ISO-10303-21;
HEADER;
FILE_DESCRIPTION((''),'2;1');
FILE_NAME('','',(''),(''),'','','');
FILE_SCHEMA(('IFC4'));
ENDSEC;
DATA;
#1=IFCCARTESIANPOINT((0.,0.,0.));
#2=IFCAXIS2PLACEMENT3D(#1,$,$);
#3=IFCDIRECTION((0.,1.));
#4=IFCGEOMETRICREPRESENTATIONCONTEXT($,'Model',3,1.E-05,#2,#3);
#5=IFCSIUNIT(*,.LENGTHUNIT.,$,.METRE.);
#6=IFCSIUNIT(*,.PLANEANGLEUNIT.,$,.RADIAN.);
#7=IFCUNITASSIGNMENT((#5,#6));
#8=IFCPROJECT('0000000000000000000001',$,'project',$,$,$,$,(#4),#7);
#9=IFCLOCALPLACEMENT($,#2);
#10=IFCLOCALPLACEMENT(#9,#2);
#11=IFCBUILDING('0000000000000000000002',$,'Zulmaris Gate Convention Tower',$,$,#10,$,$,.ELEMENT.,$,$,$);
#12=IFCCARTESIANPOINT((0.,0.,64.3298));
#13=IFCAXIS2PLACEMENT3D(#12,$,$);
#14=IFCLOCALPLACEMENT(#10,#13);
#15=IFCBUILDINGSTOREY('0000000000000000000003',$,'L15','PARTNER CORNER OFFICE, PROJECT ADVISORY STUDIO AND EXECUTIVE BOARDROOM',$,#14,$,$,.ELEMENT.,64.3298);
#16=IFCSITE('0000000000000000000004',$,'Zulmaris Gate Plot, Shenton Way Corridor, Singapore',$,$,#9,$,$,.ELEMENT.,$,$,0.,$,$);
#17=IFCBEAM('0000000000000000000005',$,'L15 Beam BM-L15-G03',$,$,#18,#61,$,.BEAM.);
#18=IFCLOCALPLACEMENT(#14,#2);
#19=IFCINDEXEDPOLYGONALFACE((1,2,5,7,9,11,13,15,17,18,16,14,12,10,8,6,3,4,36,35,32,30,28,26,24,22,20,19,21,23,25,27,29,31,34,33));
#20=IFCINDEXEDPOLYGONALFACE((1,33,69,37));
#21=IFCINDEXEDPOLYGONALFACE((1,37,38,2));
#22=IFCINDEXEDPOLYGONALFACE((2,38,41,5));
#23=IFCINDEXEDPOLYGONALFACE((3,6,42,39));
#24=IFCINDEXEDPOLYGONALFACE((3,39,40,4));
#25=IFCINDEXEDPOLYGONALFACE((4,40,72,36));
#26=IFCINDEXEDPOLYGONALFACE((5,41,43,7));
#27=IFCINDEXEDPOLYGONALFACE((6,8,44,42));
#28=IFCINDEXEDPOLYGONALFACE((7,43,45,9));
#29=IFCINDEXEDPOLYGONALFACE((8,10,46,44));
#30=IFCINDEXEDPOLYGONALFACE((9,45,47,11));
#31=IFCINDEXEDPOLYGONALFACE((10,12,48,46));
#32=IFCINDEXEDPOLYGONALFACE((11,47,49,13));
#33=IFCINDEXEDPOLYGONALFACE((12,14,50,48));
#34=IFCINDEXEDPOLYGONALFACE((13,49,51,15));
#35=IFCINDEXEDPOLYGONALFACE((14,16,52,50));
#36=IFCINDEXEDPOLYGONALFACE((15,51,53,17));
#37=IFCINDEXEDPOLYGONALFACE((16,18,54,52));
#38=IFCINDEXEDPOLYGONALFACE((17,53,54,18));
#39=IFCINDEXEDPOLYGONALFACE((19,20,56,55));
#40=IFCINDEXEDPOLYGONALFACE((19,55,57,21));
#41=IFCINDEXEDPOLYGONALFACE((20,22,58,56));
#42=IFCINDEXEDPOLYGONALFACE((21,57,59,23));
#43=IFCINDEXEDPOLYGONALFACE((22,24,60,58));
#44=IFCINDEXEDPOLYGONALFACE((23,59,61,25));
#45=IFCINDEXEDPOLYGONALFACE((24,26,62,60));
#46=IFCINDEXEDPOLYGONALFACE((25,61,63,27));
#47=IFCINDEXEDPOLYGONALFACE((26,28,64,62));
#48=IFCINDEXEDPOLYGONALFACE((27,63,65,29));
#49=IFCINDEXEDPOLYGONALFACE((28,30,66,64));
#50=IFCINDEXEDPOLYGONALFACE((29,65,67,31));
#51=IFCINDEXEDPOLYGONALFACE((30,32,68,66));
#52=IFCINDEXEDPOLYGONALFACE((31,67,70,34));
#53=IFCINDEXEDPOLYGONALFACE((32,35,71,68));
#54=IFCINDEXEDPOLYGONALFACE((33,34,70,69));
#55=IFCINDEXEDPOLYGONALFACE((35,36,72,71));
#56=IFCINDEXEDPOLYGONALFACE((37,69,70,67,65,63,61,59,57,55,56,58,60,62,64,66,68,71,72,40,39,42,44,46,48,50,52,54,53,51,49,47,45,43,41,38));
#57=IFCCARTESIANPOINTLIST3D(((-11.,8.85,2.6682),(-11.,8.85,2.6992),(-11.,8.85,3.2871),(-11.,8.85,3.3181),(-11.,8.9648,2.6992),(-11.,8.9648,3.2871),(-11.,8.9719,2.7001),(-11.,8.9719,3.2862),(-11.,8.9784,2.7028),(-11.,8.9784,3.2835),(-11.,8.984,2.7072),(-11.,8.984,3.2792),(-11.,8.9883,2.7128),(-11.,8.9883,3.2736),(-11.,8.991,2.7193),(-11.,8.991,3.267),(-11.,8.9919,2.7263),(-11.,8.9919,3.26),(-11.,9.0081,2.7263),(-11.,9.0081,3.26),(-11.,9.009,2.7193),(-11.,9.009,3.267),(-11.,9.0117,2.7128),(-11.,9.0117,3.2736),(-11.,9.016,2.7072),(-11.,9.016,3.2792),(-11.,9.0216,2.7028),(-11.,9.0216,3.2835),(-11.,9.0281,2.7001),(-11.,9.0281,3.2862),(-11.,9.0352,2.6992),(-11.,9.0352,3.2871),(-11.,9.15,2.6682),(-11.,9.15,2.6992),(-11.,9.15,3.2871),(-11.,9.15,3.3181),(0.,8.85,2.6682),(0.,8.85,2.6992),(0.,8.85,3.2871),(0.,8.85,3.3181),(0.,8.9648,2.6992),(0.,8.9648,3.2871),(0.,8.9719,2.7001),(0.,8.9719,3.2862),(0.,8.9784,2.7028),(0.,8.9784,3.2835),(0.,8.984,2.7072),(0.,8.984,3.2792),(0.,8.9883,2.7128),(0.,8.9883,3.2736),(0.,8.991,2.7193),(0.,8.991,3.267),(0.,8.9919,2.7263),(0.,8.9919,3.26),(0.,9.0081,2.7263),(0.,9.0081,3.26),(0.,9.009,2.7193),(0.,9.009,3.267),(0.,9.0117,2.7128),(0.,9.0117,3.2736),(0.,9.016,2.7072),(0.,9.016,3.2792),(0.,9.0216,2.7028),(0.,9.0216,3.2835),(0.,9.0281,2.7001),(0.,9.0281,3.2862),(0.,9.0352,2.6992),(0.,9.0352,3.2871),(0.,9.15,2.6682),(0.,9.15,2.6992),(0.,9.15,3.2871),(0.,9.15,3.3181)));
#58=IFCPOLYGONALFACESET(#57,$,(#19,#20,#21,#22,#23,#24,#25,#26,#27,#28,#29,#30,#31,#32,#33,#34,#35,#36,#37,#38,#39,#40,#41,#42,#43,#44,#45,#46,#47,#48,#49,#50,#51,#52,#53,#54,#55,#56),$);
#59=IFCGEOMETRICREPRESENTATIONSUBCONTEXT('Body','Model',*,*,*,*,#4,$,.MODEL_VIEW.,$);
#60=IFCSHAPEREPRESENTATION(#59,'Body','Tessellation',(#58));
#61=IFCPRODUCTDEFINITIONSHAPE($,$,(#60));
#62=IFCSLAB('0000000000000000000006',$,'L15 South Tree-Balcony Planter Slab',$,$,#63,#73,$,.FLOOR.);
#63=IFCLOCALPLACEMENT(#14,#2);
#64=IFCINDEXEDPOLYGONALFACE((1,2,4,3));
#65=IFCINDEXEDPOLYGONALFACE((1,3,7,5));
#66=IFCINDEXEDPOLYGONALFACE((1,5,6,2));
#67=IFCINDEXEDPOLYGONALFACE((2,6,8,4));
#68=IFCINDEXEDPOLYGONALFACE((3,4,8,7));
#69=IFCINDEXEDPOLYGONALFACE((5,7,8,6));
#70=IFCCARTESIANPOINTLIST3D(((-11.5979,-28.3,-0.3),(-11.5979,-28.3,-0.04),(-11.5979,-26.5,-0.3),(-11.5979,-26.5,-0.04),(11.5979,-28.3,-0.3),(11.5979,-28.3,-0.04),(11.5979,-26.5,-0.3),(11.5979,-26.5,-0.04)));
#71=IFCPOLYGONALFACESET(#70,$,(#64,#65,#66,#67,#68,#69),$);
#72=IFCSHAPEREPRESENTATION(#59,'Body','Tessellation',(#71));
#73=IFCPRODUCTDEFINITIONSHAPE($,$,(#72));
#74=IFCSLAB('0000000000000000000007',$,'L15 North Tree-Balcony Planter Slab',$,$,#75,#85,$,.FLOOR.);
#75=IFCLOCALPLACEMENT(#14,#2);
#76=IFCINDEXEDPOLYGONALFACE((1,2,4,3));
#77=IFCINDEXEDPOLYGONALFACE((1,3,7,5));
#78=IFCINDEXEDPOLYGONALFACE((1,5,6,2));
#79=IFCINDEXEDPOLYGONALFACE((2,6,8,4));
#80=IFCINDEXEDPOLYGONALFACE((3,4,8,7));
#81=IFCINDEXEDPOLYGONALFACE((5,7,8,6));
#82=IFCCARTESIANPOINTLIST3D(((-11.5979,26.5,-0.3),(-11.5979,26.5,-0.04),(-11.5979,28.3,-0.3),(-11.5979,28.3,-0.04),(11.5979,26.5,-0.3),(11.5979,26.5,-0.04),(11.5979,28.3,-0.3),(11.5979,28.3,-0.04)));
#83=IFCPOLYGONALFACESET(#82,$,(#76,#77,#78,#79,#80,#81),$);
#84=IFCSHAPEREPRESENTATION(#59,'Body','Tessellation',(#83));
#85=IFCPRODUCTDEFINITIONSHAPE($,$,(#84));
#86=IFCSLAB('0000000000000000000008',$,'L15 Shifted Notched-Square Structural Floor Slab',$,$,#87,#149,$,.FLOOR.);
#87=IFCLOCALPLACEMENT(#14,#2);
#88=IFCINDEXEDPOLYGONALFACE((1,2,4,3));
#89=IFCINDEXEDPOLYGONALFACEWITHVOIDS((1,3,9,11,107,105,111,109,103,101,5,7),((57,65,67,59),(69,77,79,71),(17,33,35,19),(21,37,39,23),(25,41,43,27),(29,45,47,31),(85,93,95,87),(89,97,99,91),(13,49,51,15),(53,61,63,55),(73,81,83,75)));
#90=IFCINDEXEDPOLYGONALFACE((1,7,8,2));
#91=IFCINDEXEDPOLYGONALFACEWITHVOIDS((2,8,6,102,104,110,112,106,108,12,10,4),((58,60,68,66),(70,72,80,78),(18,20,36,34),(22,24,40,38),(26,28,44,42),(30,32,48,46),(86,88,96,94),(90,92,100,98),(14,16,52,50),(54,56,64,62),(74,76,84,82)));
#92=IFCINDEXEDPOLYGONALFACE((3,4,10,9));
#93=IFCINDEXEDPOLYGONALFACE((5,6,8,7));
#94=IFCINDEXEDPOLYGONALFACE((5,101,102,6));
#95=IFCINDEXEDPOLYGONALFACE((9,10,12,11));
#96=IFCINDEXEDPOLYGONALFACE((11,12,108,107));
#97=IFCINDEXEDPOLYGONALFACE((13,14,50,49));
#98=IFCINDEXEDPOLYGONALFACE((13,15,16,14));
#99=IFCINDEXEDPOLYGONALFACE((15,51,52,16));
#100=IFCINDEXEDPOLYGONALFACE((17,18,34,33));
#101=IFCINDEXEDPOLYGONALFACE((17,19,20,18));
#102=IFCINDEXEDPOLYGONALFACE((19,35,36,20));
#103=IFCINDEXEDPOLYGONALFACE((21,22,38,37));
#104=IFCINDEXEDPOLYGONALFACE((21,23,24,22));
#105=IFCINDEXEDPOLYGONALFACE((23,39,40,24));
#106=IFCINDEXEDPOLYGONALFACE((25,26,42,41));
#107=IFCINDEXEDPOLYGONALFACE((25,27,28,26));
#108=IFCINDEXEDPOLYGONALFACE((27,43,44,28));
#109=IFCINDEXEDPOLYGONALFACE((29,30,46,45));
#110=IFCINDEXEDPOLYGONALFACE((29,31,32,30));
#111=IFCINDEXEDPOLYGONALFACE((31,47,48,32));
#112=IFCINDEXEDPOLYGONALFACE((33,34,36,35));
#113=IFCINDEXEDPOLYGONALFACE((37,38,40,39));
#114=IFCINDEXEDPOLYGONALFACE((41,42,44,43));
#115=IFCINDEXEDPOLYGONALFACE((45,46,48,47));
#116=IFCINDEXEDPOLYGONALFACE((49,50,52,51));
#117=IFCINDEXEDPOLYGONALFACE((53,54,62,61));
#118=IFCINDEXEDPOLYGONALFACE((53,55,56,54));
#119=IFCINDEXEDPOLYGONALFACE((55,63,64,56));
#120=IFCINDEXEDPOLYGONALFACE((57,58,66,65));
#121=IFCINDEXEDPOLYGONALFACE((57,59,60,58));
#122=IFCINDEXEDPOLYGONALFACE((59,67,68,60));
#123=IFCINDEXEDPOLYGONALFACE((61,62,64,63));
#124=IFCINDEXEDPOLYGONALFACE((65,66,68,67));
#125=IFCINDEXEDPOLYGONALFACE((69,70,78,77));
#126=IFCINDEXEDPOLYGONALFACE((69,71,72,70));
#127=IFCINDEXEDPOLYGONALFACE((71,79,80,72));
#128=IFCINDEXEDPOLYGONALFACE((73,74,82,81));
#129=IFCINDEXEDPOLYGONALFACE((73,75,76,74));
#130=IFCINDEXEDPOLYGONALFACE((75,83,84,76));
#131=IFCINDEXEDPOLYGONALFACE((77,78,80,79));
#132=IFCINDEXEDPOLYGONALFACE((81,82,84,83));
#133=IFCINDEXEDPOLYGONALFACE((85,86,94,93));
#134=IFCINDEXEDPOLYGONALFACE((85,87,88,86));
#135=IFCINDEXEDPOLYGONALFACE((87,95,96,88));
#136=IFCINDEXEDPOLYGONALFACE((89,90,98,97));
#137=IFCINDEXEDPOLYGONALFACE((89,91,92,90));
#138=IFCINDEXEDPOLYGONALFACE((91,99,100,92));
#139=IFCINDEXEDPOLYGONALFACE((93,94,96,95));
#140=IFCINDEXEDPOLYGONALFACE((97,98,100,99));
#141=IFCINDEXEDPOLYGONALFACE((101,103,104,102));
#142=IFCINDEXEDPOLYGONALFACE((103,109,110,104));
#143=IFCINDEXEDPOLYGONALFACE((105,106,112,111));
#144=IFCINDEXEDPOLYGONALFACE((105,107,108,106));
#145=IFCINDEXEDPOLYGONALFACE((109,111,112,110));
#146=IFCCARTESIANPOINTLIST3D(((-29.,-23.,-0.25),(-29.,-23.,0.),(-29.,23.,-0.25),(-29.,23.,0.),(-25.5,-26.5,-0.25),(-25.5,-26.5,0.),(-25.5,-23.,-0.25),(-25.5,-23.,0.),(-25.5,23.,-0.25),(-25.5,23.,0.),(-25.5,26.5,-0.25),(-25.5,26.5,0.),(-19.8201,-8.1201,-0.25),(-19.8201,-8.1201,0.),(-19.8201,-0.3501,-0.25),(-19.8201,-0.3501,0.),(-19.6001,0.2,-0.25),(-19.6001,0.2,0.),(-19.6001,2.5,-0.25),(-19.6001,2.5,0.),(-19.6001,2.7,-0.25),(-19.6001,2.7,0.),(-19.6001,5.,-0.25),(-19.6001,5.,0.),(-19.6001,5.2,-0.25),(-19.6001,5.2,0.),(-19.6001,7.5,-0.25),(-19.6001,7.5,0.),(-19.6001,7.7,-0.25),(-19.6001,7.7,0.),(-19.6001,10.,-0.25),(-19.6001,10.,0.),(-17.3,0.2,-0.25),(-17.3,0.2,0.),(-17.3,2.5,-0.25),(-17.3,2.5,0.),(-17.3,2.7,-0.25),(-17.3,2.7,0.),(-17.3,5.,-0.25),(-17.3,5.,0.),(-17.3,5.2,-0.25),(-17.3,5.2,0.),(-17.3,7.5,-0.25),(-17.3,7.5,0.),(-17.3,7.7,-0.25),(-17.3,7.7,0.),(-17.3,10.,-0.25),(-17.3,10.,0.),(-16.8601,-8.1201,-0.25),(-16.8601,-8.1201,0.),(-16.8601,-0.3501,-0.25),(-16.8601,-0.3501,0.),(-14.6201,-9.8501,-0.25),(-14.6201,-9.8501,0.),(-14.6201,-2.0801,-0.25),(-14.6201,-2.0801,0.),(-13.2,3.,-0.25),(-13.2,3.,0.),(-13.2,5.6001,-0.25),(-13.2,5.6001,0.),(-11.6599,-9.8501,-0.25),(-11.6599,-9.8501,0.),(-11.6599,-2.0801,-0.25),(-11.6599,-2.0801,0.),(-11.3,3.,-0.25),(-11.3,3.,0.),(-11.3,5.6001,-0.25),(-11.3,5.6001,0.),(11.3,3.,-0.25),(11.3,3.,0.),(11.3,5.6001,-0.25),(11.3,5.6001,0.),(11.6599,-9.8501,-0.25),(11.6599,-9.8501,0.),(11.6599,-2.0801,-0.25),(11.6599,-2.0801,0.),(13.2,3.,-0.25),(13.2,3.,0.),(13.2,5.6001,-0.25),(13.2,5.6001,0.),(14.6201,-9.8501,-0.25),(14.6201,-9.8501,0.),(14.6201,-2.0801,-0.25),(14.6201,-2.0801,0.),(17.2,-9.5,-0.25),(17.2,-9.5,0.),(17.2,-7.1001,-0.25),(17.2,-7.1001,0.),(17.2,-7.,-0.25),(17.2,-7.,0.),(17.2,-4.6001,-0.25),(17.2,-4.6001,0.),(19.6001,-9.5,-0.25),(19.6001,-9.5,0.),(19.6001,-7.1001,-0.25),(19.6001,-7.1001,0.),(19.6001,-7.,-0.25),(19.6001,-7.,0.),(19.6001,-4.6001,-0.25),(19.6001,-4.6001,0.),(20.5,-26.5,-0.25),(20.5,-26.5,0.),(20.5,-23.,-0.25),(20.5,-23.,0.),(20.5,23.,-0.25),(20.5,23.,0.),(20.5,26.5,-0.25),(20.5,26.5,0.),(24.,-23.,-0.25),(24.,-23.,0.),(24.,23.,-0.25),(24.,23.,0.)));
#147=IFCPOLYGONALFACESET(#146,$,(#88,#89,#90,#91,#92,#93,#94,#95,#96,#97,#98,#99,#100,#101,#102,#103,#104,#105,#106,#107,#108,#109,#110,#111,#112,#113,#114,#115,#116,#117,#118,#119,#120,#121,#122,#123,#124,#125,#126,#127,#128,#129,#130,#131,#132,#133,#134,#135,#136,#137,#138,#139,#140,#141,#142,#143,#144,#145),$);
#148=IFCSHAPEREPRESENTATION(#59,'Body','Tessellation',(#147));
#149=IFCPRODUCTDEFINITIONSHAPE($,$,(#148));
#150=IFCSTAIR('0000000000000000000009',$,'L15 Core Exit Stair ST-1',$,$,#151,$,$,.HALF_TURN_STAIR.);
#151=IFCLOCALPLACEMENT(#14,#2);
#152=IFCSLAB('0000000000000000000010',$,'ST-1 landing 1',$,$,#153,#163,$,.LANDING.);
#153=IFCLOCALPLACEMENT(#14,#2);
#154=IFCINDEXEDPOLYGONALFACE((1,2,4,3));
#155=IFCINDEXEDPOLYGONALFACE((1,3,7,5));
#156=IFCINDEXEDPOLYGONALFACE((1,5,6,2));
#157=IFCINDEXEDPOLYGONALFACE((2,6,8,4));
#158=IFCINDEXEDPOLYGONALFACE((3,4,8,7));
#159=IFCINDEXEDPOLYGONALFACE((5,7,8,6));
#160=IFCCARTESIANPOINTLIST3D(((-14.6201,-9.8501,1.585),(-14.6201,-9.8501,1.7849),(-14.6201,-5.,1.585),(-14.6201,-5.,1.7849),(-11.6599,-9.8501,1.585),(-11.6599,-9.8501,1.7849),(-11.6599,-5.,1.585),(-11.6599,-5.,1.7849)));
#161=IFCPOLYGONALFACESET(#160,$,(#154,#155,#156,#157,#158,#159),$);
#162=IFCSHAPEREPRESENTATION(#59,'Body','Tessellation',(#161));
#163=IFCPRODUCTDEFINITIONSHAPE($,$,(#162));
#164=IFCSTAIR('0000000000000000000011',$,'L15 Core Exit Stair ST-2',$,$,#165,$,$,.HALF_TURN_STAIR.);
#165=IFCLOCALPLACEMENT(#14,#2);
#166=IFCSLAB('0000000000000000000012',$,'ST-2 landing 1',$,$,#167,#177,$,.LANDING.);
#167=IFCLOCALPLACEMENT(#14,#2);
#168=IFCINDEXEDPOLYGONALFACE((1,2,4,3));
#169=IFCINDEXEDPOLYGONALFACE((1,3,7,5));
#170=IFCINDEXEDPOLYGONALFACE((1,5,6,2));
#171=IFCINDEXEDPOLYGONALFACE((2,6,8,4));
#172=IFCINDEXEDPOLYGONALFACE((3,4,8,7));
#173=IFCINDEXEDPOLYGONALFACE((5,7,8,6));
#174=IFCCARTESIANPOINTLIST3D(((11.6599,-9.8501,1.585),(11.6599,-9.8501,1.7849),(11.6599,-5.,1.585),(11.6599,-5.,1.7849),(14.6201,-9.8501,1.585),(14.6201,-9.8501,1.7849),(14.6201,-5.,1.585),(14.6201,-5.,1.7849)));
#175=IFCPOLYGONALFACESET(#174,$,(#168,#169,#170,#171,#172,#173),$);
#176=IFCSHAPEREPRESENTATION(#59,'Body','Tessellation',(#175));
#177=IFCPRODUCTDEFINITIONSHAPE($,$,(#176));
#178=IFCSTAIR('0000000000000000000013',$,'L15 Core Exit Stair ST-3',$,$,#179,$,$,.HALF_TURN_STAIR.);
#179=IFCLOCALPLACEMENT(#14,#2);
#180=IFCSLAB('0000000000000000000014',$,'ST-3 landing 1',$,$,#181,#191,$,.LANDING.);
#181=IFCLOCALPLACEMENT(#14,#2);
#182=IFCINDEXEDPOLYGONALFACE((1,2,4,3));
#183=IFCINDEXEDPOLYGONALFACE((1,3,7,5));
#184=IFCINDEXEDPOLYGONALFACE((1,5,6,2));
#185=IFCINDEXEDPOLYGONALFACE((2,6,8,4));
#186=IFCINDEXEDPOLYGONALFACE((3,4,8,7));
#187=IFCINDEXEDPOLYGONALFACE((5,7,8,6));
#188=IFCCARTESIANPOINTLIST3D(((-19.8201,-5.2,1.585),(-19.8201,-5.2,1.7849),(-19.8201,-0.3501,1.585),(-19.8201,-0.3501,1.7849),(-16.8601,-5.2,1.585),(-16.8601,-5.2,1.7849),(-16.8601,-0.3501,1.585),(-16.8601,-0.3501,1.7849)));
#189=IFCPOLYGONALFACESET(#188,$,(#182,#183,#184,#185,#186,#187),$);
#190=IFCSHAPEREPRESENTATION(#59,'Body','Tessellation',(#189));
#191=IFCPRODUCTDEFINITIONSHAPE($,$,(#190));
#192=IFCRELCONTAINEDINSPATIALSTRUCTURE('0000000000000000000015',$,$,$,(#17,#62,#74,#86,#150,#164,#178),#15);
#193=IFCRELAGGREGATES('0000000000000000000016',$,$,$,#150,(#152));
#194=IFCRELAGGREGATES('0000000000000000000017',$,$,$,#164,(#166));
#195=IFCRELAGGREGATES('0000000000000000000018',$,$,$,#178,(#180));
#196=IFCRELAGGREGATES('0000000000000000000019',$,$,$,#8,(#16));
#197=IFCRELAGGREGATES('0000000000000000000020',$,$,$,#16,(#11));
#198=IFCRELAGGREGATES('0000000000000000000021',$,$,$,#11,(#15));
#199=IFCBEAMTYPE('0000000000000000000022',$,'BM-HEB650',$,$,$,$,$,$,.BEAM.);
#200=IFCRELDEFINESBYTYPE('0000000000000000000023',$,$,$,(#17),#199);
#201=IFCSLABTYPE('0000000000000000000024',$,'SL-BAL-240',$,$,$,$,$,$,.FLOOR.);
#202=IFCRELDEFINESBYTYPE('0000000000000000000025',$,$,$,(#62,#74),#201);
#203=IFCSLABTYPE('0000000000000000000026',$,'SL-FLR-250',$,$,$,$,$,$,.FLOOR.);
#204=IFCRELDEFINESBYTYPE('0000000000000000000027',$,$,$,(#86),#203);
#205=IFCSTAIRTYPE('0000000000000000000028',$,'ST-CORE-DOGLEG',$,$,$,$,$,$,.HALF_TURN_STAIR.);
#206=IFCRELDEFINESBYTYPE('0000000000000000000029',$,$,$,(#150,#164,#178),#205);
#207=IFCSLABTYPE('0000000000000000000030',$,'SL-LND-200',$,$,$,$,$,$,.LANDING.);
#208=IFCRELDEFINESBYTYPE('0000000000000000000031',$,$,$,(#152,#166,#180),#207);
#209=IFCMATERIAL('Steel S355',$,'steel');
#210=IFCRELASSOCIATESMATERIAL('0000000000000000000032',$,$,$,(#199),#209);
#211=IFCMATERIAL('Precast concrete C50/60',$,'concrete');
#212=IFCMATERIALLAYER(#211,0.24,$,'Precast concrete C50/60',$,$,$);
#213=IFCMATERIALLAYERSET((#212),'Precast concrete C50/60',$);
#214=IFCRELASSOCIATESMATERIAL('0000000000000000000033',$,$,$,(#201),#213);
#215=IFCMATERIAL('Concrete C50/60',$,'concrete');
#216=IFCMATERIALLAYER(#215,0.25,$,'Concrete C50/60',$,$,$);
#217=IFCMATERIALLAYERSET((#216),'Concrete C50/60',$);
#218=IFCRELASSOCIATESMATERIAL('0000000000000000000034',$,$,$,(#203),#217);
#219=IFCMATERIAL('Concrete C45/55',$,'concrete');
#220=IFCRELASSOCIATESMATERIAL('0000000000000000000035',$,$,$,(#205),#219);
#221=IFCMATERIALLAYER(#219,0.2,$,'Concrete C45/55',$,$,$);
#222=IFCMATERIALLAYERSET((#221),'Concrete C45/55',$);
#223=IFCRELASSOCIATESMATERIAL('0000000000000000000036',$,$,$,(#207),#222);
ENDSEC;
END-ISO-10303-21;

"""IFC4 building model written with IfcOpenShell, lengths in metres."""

from ifc_helpers import new_model, si_unit, direction, frame, origin, origin_2d, place, context, subcontext, project, spatial, polyline, i_section, outline, extrude, material, layer, layer_set, material_profile, profile_set, type_object, element, aggregate, save


model = new_model("IFC4")

# Units and contexts
model_context = context("Model", 3, precision=1e-05, world=origin(), true_north=direction((0.0, 1.0)))
body_context = subcontext(model_context, "Body", "Model", "MODEL_VIEW")
ifc_project = project(units=[si_unit("LENGTHUNIT", "METRE"), si_unit("PLANEANGLEUNIT", "RADIAN")], contexts=[model_context])

# Site, building, storey
site_placement = place(None, origin())
site = spatial("IfcSite", under=ifc_project, at=site_placement, Name="Zulmaris Gate Plot, Shenton Way Corridor, Singapore", CompositionType="ELEMENT", RefElevation=0.0)
building_placement = place(site_placement, origin())
building = spatial("IfcBuilding", under=site, at=building_placement, Name="Zulmaris Gate Convention Tower", CompositionType="ELEMENT")
storey_placement = place(building_placement, frame((0.0, 0.0, 64.3298)))
storey = spatial("IfcBuildingStorey", under=building, at=storey_placement, Name="L15", Description="PARTNER CORNER OFFICE, PROJECT ADVISORY STUDIO AND EXECUTIVE BOARDROOM", CompositionType="ELEMENT", Elevation=64.3298)

# Beam
ifc_material_1 = material(Name="Steel S355", Category="steel")
ifc_material_profile = material_profile(ifc_material_1, i_section(OverallWidth=0.3, OverallDepth=0.6499, WebThickness=0.0161, FlangeThickness=0.031, FilletRadius=0.0271, at=origin_2d()), Name="HEB 650")
ifc_profile_set = profile_set([ifc_material_profile], Name="Steel S355")
beam_type = type_object("IfcBeamType", Name="BM-HEB650", PredefinedType="BEAM", material=ifc_profile_set)
beam_placement = place(storey_placement, frame((-11.0, 9.0, 2.9932), z_axis=(1.0, 0.0, 0.0), x_axis=(0.0, 1.0, 0.0)))
element("IfcBeam", 1, at=beam_placement, inside=storey, type_object=beam_type, Name="L15 Beam BM-L15-G03", PredefinedType="BEAM", context=body_context, shape_type="SweptSolid", body=[
    extrude(i_section(OverallWidth=0.3, OverallDepth=0.6499, WebThickness=0.0161, FlangeThickness=0.031, FilletRadius=0.0271, at=origin_2d()), origin(), (0.0, 0.0, 1.0), 11.0),
])

# Slabs
ifc_material_2 = material(Name="Precast concrete C50/60", Category="concrete")
ifc_layer_1 = layer(ifc_material_2, 0.24, Name="Precast concrete C50/60")
ifc_layer_set_1 = layer_set([ifc_layer_1], Name="Precast concrete C50/60")
slab_type_1 = type_object("IfcSlabType", Name="SL-BAL-240", PredefinedType="FLOOR", material=ifc_layer_set_1)
slab_1_placement = place(storey_placement, frame((0.0, 0.0, -0.3)))
element("IfcSlab", 2, at=slab_1_placement, inside=storey, type_object=slab_type_1, Name="L15 South Tree-Balcony Planter Slab", PredefinedType="FLOOR", context=body_context, shape_type="SweptSolid", body=[
    extrude(outline(polyline([(-11.5979, -28.3), (-11.5979, -26.5), (11.5979, -26.5), (11.5979, -28.3), (-11.5979, -28.3)])), origin(), (0.0, 0.0, 1.0), 0.26),
])
slab_2_placement = place(storey_placement, frame((0.0, 0.0, -0.3)))
element("IfcSlab", 3, at=slab_2_placement, inside=storey, type_object=slab_type_1, Name="L15 North Tree-Balcony Planter Slab", PredefinedType="FLOOR", context=body_context, shape_type="SweptSolid", body=[
    extrude(outline(polyline([(11.5979, 28.3), (11.5979, 26.5), (-11.5979, 26.5), (-11.5979, 28.3), (11.5979, 28.3)])), origin(), (0.0, 0.0, 1.0), 0.26),
])
ifc_material_3 = material(Name="Concrete C50/60", Category="concrete")
ifc_layer_2 = layer(ifc_material_3, 0.25, Name="Concrete C50/60")
ifc_layer_set_2 = layer_set([ifc_layer_2], Name="Concrete C50/60")
slab_type_2 = type_object("IfcSlabType", Name="SL-FLR-250", PredefinedType="FLOOR", material=ifc_layer_set_2)
slab_3_placement = place(storey_placement, frame((0.0, 0.0, -0.25)))
element("IfcSlab", 4, at=slab_3_placement, inside=storey, type_object=slab_type_2, Name="L15 Shifted Notched-Square Structural Floor Slab", PredefinedType="FLOOR", context=body_context, shape_type="SweptSolid", body=[
    extrude(outline(polyline([(-25.5, -26.5), (20.5, -26.5), (20.5, -23.0), (24.0, -23.0), (24.0, 23.0), (20.5, 23.0), (20.5, 26.5), (-25.5, 26.5), (-25.5, 23.0), (-29.0, 23.0), (-29.0, -23.0), (-25.5, -23.0), (-25.5, -26.5)]), holes=[polyline([(-14.6201, -2.0801), (-14.6201, -9.8501), (-11.6599, -9.8501), (-11.6599, -2.0801), (-14.6201, -2.0801)]), polyline([(11.6599, -2.0801), (11.6599, -9.8501), (14.6201, -9.8501), (14.6201, -2.0801), (11.6599, -2.0801)]), polyline([(-16.8601, -8.1201), (-16.8601, -0.3501), (-19.8201, -0.3501), (-19.8201, -8.1201), (-16.8601, -8.1201)]), polyline([(-13.2, 3.0), (-11.3, 3.0), (-11.3, 5.6001), (-13.2, 5.6001), (-13.2, 3.0)]), polyline([(11.3, 3.0), (13.2, 3.0), (13.2, 5.6001), (11.3, 5.6001), (11.3, 3.0)]), polyline([(-19.6001, 0.2), (-17.3, 0.2), (-17.3, 2.5), (-19.6001, 2.5), (-19.6001, 0.2)]), polyline([(-19.6001, 2.7), (-17.3, 2.7), (-17.3, 5.0), (-19.6001, 5.0), (-19.6001, 2.7)]), polyline([(-19.6001, 5.2), (-17.3, 5.2), (-17.3, 7.5), (-19.6001, 7.5), (-19.6001, 5.2)]), polyline([(-19.6001, 7.7), (-17.3, 7.7), (-17.3, 10.0), (-19.6001, 10.0), (-19.6001, 7.7)]), polyline([(17.2, -9.5), (19.6001, -9.5), (19.6001, -7.1001), (17.2, -7.1001), (17.2, -9.5)]), polyline([(17.2, -7.0), (19.6001, -7.0), (19.6001, -4.6001), (17.2, -4.6001), (17.2, -7.0)])]), origin(), (0.0, 0.0, 1.0), 0.25),
])

# Stairs, slabs
ifc_material_4 = material(Name="Concrete C45/55", Category="concrete")
stair_type = type_object("IfcStairType", Name="ST-CORE-DOGLEG", PredefinedType="HALF_TURN_STAIR", material=ifc_material_4)
stair_1_placement = place(storey_placement, origin())
stair_1 = element("IfcStair", 5, at=stair_1_placement, inside=storey, type_object=stair_type, Name="L15 Core Exit Stair ST-1", PredefinedType="HALF_TURN_STAIR")
ifc_layer_3 = layer(ifc_material_4, 0.2, Name="Concrete C45/55")
ifc_layer_set_3 = layer_set([ifc_layer_3], Name="Concrete C45/55")
slab_type_3 = type_object("IfcSlabType", Name="SL-LND-200", PredefinedType="LANDING", material=ifc_layer_set_3)
slab_4_placement = place(storey_placement, frame((0.0, 0.0, 1.585)))
slab_4 = element("IfcSlab", 6, at=slab_4_placement, type_object=slab_type_3, Name="ST-1 landing 1", PredefinedType="LANDING", context=body_context, shape_type="SweptSolid", body=[
    extrude(outline(polyline([(-14.6201, -5.0), (-14.6201, -9.8501), (-11.6599, -9.8501), (-11.6599, -5.0), (-14.6201, -5.0)])), origin(), (0.0, 0.0, 1.0), 0.2),
])
aggregate(stair_1, [slab_4])
stair_2_placement = place(storey_placement, origin())
stair_2 = element("IfcStair", 7, at=stair_2_placement, inside=storey, type_object=stair_type, Name="L15 Core Exit Stair ST-2", PredefinedType="HALF_TURN_STAIR")
slab_5_placement = place(storey_placement, frame((0.0, 0.0, 1.585)))
slab_5 = element("IfcSlab", 8, at=slab_5_placement, type_object=slab_type_3, Name="ST-2 landing 1", PredefinedType="LANDING", context=body_context, shape_type="SweptSolid", body=[
    extrude(outline(polyline([(11.6599, -5.0), (11.6599, -9.8501), (14.6201, -9.8501), (14.6201, -5.0), (11.6599, -5.0)])), origin(), (0.0, 0.0, 1.0), 0.2),
])
aggregate(stair_2, [slab_5])
stair_3_placement = place(storey_placement, origin())
stair_3 = element("IfcStair", 9, at=stair_3_placement, inside=storey, type_object=stair_type, Name="L15 Core Exit Stair ST-3", PredefinedType="HALF_TURN_STAIR")
slab_6_placement = place(storey_placement, frame((0.0, 0.0, 1.585)))
slab_6 = element("IfcSlab", 10, at=slab_6_placement, type_object=slab_type_3, Name="ST-3 landing 1", PredefinedType="LANDING", context=body_context, shape_type="SweptSolid", body=[
    extrude(outline(polyline([(-16.8601, -5.2), (-16.8601, -0.3501), (-19.8201, -0.3501), (-19.8201, -5.2), (-16.8601, -5.2)])), origin(), (0.0, 0.0, 1.0), 0.2),
])
aggregate(stair_3, [slab_6])

save(model, "model.ifc")
